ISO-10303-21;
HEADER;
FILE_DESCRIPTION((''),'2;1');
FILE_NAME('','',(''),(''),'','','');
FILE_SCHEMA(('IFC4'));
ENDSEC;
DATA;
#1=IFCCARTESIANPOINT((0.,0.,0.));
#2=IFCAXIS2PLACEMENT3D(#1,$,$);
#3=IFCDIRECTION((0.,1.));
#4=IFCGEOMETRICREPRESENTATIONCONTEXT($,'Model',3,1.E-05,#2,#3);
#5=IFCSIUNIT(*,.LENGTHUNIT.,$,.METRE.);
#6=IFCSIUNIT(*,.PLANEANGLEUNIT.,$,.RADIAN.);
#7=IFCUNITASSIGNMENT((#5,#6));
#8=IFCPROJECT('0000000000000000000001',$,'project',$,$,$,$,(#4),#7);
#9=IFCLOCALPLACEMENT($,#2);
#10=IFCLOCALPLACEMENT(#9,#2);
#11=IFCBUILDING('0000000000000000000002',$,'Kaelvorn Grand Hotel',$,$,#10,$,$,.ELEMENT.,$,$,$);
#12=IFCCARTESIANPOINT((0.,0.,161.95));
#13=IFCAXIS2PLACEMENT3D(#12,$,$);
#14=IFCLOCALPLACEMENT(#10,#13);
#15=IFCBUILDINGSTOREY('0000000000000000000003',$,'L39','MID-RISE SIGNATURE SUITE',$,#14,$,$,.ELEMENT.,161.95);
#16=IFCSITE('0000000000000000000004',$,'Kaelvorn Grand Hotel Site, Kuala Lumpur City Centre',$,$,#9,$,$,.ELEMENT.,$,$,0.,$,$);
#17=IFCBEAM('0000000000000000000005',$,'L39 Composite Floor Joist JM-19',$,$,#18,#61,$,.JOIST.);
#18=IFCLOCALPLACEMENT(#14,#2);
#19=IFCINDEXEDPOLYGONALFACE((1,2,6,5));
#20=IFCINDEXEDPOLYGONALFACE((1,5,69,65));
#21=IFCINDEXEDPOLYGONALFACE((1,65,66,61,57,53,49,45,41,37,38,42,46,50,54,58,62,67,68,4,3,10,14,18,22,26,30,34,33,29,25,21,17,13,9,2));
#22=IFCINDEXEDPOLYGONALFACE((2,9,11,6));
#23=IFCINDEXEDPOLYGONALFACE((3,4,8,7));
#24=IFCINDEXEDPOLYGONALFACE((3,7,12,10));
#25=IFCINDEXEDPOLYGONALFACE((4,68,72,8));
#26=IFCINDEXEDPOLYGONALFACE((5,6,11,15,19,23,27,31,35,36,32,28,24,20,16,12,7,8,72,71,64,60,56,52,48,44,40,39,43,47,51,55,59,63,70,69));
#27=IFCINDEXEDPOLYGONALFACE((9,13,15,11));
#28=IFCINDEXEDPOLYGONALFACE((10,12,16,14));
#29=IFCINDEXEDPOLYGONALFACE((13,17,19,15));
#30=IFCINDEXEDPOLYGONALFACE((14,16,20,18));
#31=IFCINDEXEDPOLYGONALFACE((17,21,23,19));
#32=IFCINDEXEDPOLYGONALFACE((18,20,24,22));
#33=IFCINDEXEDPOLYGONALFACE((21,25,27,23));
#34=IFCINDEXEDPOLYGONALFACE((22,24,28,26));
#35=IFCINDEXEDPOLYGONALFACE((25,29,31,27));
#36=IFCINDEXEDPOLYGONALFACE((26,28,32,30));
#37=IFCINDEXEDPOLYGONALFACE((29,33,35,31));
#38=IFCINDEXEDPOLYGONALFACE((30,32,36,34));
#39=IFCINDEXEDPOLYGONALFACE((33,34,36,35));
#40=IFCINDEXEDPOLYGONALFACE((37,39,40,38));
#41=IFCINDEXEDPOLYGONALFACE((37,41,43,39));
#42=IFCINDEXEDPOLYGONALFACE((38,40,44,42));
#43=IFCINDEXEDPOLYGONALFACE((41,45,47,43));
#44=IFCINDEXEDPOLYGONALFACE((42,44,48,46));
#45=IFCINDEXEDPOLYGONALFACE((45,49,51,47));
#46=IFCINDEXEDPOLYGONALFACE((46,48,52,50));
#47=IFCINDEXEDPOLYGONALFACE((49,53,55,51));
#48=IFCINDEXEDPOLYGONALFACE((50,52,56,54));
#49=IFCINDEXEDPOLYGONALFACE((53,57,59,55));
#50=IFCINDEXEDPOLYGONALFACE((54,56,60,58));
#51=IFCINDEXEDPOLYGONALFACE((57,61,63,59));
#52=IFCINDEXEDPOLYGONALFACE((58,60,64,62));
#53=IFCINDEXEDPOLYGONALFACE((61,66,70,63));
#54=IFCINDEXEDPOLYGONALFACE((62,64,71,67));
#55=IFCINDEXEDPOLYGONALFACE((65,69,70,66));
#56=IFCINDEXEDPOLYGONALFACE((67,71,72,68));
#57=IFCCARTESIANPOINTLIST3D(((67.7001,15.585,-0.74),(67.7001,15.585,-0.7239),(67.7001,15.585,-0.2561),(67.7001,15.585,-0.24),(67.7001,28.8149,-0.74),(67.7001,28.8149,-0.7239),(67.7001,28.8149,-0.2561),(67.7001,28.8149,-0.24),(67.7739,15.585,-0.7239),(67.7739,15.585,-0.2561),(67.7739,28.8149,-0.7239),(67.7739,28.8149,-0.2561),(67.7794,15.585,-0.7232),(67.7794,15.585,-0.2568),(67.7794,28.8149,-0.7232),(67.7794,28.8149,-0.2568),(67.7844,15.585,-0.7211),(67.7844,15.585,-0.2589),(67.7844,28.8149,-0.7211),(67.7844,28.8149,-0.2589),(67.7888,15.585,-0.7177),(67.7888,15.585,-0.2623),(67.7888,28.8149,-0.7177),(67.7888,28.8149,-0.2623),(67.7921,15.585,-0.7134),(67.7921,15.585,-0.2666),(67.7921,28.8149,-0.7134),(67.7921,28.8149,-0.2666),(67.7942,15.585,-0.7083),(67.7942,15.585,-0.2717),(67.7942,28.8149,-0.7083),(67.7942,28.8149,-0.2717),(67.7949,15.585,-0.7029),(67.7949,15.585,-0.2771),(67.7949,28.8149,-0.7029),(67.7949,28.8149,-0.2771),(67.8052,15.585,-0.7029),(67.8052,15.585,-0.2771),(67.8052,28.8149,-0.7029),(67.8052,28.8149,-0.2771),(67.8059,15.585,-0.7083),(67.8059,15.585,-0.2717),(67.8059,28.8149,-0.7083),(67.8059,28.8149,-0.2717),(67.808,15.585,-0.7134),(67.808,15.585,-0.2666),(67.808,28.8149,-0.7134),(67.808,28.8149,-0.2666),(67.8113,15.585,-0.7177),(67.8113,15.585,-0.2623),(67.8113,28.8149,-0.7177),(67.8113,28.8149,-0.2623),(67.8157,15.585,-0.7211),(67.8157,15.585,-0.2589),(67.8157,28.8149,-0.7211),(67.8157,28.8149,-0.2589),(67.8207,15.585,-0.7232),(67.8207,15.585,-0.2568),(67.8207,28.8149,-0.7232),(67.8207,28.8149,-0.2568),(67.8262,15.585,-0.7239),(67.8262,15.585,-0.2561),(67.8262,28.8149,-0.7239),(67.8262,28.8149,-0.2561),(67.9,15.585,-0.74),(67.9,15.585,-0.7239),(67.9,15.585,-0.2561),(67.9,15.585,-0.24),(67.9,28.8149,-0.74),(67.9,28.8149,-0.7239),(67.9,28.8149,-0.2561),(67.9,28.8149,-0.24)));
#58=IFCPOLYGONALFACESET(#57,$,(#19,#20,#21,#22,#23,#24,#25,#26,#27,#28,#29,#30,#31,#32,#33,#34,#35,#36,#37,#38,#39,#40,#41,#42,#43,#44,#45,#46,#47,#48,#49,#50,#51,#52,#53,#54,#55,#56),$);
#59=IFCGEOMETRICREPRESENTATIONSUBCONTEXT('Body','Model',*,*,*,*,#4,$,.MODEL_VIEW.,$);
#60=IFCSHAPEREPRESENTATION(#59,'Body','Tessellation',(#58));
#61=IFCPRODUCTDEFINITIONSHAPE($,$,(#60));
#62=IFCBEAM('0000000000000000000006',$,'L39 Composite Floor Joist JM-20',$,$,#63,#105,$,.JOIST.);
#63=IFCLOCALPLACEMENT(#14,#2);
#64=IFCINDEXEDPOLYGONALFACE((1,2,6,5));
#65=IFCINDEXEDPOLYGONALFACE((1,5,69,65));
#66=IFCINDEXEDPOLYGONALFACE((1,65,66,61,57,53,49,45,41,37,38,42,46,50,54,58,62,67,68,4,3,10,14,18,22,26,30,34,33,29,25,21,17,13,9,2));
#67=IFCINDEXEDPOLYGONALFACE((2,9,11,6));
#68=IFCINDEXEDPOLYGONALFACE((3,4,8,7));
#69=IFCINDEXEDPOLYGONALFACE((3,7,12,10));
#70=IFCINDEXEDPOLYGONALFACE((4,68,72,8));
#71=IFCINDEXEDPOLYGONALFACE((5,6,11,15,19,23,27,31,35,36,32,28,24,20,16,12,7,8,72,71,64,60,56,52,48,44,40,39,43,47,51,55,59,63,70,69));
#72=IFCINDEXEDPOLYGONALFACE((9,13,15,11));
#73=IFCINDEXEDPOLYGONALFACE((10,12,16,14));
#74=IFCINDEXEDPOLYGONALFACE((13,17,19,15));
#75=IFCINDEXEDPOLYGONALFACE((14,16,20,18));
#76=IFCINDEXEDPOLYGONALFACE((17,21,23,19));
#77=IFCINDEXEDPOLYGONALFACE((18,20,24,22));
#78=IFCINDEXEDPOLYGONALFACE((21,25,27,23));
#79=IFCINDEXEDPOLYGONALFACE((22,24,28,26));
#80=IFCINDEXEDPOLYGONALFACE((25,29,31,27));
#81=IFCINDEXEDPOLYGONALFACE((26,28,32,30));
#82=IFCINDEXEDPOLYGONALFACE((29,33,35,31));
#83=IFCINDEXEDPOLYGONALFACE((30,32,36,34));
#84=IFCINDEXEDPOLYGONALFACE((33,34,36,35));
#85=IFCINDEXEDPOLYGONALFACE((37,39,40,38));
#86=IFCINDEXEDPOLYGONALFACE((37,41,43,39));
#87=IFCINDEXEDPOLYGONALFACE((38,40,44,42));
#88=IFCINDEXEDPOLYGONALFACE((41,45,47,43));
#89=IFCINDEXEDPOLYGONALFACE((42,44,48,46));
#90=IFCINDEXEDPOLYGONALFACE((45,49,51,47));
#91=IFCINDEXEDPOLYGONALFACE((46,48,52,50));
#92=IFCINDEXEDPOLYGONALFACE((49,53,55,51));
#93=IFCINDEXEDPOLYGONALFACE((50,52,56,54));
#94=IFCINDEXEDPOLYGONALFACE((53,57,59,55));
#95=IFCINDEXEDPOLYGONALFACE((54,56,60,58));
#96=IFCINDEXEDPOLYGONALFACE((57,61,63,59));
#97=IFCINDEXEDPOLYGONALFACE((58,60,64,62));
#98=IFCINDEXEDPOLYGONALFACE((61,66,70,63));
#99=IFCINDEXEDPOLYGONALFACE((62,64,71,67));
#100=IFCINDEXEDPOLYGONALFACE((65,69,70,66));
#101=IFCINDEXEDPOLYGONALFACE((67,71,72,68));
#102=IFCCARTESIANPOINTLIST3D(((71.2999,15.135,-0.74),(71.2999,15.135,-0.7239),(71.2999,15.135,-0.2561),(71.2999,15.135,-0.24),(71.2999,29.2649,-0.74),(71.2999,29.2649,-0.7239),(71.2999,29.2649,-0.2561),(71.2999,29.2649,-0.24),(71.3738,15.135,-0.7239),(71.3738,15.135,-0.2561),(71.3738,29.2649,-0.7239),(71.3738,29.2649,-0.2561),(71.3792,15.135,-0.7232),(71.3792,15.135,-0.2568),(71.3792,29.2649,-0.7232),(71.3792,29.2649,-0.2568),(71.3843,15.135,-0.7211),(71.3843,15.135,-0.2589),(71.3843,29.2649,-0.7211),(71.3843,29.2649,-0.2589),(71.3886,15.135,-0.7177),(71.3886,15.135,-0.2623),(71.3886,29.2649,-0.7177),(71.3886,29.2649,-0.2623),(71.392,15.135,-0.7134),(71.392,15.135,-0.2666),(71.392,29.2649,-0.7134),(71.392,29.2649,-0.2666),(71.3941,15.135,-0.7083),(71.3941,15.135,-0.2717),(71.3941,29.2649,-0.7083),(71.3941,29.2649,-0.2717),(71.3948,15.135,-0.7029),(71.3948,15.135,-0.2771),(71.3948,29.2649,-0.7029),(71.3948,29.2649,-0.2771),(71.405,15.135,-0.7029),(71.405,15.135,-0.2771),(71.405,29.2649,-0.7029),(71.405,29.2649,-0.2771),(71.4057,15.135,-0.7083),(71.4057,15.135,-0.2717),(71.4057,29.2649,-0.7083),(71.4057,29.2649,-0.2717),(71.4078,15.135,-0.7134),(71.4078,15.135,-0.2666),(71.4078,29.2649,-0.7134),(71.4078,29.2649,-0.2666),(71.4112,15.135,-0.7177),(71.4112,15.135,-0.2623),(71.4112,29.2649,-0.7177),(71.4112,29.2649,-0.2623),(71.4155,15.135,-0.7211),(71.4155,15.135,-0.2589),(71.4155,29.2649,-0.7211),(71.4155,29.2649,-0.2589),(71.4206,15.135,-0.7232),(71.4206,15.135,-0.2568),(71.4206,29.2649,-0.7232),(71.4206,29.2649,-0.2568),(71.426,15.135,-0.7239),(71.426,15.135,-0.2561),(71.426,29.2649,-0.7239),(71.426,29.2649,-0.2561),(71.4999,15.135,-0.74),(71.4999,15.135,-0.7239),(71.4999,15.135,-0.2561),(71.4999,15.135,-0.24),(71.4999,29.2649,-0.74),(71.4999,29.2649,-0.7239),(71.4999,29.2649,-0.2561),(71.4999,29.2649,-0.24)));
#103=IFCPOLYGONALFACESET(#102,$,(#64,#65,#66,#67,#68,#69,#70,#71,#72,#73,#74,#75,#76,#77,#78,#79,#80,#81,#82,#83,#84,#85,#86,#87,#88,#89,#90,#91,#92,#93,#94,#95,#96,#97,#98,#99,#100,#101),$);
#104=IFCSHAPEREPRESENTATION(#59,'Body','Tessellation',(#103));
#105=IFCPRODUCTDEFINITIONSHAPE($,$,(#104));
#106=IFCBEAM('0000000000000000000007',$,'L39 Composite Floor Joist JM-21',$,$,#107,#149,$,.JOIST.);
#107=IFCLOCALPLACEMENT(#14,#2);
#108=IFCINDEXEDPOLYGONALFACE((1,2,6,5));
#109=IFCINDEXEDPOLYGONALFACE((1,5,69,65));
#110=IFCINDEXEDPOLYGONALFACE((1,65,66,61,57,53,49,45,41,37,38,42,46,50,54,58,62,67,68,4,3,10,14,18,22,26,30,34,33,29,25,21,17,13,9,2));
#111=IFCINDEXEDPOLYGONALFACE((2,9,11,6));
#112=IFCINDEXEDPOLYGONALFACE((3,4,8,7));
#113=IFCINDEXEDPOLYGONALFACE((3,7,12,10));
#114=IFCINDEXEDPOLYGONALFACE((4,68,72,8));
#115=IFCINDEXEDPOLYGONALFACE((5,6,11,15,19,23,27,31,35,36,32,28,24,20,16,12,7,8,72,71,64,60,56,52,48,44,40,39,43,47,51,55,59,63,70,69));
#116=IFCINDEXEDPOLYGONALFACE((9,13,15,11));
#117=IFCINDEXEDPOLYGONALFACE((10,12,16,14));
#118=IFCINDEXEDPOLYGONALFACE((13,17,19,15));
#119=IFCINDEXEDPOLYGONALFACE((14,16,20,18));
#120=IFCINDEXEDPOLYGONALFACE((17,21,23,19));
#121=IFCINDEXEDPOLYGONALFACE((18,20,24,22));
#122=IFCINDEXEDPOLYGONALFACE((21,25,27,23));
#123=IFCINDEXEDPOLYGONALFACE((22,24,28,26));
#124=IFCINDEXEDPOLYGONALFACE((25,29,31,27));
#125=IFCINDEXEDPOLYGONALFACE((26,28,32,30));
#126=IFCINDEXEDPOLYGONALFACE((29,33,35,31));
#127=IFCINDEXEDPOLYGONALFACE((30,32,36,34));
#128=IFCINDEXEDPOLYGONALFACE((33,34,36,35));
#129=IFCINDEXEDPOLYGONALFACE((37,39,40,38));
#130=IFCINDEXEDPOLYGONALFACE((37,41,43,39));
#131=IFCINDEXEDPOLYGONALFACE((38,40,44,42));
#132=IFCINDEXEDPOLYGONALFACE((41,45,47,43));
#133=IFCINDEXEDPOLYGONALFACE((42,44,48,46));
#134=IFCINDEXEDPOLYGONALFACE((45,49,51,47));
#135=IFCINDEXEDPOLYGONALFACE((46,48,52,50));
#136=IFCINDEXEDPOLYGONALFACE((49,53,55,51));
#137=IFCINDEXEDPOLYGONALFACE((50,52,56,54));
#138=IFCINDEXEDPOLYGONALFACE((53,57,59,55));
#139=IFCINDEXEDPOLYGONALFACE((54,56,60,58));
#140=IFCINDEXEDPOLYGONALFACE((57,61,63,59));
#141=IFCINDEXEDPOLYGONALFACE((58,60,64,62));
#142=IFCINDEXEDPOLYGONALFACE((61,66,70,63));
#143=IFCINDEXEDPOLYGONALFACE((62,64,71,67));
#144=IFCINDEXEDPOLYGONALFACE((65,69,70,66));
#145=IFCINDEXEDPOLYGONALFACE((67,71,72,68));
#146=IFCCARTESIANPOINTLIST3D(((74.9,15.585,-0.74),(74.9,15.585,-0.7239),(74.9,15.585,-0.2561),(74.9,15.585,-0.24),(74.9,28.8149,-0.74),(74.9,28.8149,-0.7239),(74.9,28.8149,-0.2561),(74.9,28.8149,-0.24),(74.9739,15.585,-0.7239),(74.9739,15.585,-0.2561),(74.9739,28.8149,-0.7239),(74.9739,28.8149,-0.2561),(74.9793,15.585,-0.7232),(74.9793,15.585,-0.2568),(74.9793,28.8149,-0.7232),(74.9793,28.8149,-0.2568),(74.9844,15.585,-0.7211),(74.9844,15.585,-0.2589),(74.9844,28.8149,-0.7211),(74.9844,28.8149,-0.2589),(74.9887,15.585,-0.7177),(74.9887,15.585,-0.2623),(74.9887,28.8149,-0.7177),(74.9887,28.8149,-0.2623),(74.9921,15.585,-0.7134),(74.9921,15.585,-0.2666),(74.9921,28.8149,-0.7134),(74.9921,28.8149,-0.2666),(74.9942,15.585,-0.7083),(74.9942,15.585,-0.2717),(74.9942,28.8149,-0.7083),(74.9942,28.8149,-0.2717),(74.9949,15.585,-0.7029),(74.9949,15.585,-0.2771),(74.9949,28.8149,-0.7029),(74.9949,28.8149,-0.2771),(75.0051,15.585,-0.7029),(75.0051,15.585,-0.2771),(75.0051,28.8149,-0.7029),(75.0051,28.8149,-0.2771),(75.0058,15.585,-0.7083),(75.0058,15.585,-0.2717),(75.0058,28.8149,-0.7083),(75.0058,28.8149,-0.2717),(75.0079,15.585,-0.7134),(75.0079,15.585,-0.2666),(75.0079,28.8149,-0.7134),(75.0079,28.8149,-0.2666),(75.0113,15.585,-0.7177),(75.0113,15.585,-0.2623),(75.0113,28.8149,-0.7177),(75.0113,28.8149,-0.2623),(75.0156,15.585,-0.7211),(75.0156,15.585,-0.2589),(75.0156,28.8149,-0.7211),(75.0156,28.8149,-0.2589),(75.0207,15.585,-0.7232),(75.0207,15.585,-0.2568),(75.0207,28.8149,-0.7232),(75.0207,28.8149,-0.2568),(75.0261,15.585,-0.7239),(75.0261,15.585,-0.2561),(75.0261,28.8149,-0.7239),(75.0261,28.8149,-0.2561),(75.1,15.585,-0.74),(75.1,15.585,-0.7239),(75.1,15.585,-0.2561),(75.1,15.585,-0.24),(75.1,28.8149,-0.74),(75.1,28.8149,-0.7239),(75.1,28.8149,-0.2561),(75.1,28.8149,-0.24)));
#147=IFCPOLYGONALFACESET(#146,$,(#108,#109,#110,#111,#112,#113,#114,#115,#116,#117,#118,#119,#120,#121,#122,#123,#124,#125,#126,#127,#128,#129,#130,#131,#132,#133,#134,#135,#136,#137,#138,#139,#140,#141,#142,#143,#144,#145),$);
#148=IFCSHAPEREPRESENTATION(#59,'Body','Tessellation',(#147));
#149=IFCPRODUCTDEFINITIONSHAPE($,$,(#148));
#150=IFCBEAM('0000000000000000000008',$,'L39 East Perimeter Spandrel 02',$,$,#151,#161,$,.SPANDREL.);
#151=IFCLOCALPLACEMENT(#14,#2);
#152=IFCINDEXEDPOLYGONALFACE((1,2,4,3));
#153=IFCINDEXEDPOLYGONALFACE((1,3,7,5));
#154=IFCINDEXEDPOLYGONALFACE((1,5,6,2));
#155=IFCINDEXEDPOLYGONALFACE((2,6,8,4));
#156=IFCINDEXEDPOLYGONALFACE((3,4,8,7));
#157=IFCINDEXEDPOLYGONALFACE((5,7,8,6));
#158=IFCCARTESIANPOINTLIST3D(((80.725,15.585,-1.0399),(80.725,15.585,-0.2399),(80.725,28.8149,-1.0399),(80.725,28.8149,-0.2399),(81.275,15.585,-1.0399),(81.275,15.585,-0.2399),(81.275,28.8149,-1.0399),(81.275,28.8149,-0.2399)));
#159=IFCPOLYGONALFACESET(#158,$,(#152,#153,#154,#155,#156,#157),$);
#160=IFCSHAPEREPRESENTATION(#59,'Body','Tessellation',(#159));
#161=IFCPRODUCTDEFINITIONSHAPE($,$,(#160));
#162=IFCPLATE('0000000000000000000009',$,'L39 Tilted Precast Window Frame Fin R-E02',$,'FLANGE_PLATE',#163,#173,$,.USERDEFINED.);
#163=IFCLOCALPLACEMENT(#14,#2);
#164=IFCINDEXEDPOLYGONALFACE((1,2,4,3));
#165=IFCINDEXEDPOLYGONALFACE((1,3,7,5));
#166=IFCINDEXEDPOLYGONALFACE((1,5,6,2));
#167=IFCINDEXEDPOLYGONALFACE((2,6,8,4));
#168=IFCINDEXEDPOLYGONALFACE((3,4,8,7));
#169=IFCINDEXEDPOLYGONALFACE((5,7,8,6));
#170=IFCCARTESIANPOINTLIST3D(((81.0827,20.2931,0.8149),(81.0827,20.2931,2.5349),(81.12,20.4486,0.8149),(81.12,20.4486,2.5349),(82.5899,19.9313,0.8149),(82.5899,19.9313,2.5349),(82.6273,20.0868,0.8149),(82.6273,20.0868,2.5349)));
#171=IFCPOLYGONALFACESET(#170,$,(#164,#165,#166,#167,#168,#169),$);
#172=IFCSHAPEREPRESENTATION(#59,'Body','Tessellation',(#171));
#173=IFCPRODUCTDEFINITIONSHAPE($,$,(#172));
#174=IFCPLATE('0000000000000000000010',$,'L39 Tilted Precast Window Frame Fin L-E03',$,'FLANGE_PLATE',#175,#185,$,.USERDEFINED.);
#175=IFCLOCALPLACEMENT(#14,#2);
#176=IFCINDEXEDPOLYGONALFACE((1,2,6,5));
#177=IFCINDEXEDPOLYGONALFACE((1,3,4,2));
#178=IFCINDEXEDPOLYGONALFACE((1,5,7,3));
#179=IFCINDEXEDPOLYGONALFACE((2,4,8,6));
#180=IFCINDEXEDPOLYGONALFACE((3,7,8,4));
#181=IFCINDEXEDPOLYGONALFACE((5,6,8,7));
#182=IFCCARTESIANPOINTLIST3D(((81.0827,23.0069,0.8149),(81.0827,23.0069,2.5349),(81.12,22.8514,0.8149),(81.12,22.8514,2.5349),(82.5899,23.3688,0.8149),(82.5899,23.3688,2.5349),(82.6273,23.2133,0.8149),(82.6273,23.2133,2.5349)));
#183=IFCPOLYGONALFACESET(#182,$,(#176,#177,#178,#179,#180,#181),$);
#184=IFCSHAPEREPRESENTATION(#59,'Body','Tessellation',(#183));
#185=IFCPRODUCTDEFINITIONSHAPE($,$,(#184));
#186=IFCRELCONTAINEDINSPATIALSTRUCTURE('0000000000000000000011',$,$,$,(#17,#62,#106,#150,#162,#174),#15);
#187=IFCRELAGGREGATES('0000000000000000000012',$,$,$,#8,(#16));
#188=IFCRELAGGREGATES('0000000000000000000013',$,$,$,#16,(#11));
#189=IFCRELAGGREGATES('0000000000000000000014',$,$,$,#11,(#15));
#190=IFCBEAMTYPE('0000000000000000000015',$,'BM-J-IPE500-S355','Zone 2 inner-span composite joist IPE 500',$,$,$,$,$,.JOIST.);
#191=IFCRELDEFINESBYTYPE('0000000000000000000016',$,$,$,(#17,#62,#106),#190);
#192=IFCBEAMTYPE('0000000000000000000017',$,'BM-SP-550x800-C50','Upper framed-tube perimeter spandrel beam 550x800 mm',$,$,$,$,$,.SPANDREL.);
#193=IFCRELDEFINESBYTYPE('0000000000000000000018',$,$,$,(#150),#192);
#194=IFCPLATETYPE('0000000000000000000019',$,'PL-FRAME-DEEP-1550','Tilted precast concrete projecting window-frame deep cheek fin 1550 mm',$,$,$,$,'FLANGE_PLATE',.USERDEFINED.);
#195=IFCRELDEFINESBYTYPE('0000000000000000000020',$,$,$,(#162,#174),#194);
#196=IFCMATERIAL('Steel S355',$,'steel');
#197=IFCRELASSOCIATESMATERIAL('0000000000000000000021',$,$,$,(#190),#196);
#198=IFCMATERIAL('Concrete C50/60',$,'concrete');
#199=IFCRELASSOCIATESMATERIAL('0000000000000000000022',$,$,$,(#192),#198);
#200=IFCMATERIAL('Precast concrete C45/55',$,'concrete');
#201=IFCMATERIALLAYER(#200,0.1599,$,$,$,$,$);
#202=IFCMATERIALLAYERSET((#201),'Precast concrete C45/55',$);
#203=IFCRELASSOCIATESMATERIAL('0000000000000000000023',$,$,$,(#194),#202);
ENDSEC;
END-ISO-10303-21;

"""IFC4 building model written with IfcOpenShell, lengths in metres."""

from ifc_helpers import new_model, si_unit, direction, frame, origin, origin_2d, place, context, subcontext, project, spatial, rectangle, i_section, extrude, material, layer, layer_set, material_profile, profile_set, type_object, element, save


model = new_model("IFC4")

# Units and contexts
model_context = context("Model", 3, precision=1e-05, world=origin(), true_north=direction((0.0, 1.0)))
body_context = subcontext(model_context, "Body", "Model", "MODEL_VIEW")
ifc_project = project(units=[si_unit("LENGTHUNIT", "METRE"), si_unit("PLANEANGLEUNIT", "RADIAN")], contexts=[model_context])

# Site, building, storey
site_placement = place(None, origin())
site = spatial("IfcSite", under=ifc_project, at=site_placement, Name="Kaelvorn Grand Hotel Site, Kuala Lumpur City Centre", CompositionType="ELEMENT", RefElevation=0.0)
building_placement = place(site_placement, origin())
building = spatial("IfcBuilding", under=site, at=building_placement, Name="Kaelvorn Grand Hotel", CompositionType="ELEMENT")
storey_placement = place(building_placement, frame((0.0, 0.0, 161.95)))
storey = spatial("IfcBuildingStorey", under=building, at=storey_placement, Name="L39", Description="MID-RISE SIGNATURE SUITE", CompositionType="ELEMENT", Elevation=161.95)

# Beams
ifc_material_1 = material(Name="Steel S355", Category="steel")
ifc_material_profile_1 = material_profile(ifc_material_1, i_section(OverallWidth=0.2, OverallDepth=0.5, WebThickness=0.0103, FlangeThickness=0.0161, FilletRadius=0.021, at=origin_2d()), Name="IPE 500")
ifc_profile_set_1 = profile_set([ifc_material_profile_1], Name="Steel S355")
beam_type_1 = type_object("IfcBeamType", Name="BM-J-IPE500-S355", Description="Zone 2 inner-span composite joist IPE 500", PredefinedType="JOIST", material=ifc_profile_set_1)
beam_1_placement = place(storey_placement, frame((67.8, 15.585, -0.49), z_axis=(0.0, 1.0, 0.0), x_axis=(-1.0, 0.0, 0.0)))
element("IfcBeam", 1, at=beam_1_placement, inside=storey, type_object=beam_type_1, Name="L39 Composite Floor Joist JM-19", PredefinedType="JOIST", context=body_context, shape_type="SweptSolid", body=[
    extrude(i_section(OverallWidth=0.2, OverallDepth=0.5, WebThickness=0.0103, FlangeThickness=0.0161, FilletRadius=0.021, at=origin_2d()), origin(), (0.0, 0.0, 1.0), 13.23),
])
beam_2_placement = place(storey_placement, frame((71.3999, 15.135, -0.49), z_axis=(0.0, 1.0, 0.0), x_axis=(-1.0, 0.0, 0.0)))
element("IfcBeam", 2, at=beam_2_placement, inside=storey, type_object=beam_type_1, Name="L39 Composite Floor Joist JM-20", PredefinedType="JOIST", context=body_context, shape_type="SweptSolid", body=[
    extrude(i_section(OverallWidth=0.2, OverallDepth=0.5, WebThickness=0.0103, FlangeThickness=0.0161, FilletRadius=0.021, at=origin_2d()), origin(), (0.0, 0.0, 1.0), 14.1299),
])
beam_3_placement = place(storey_placement, frame((75.0, 15.585, -0.49), z_axis=(0.0, 1.0, 0.0), x_axis=(-1.0, 0.0, 0.0)))
element("IfcBeam", 3, at=beam_3_placement, inside=storey, type_object=beam_type_1, Name="L39 Composite Floor Joist JM-21", PredefinedType="JOIST", context=body_context, shape_type="SweptSolid", body=[
    extrude(i_section(OverallWidth=0.2, OverallDepth=0.5, WebThickness=0.0103, FlangeThickness=0.0161, FilletRadius=0.021, at=origin_2d()), origin(), (0.0, 0.0, 1.0), 13.23),
])
ifc_material_2 = material(Name="Concrete C50/60", Category="concrete")
ifc_material_profile_2 = material_profile(ifc_material_2, rectangle(XDim=0.55, YDim=0.8, at=origin_2d()), Name="RC SPANDREL 550x800")
ifc_profile_set_2 = profile_set([ifc_material_profile_2], Name="Concrete C50/60")
beam_type_2 = type_object("IfcBeamType", Name="BM-SP-550x800-C50", Description="Upper framed-tube perimeter spandrel beam 550x800 mm", PredefinedType="SPANDREL", material=ifc_profile_set_2)
beam_4_placement = place(storey_placement, frame((81.0, 15.585, -0.6399), z_axis=(0.0, 1.0, 0.0), x_axis=(-1.0, 0.0, 0.0)))
element("IfcBeam", 4, at=beam_4_placement, inside=storey, type_object=beam_type_2, Name="L39 East Perimeter Spandrel 02", PredefinedType="SPANDREL", context=body_context, shape_type="SweptSolid", body=[
    extrude(rectangle(XDim=0.55, YDim=0.8, at=origin_2d()), origin(), (0.0, 0.0, 1.0), 13.23),
])

# Plates
ifc_material_3 = material(Name="Precast concrete C45/55", Category="concrete")
ifc_layer_1 = layer(ifc_material_3, 0.1599)
ifc_layer_set_1 = layer_set([ifc_layer_1], Name="Precast concrete C45/55")
plate_type_1 = type_object("IfcPlateType", Name="PL-FRAME-DEEP-1550", Description="Tilted precast concrete projecting window-frame deep cheek fin 1550 mm", ElementType="FLANGE_PLATE", PredefinedType="USERDEFINED", material=ifc_layer_set_1)
for number, where, z_axis, x_axis, name in (
    (5, (81.855, 20.1899, 0.8149), (0.0, 0.0, 1.0), (0.233445, 0.97237, 0.0), "L39 Tilted Precast Window Frame Fin R-E02"),
    (6, (81.855, 23.1101, 0.8149), (0.0, 0.0, 1.0), (-0.233445, 0.97237, 0.0), "L39 Tilted Precast Window Frame Fin L-E03"),
):
    element("IfcPlate", number, at=place(storey_placement, frame(where, z_axis=z_axis, x_axis=x_axis)), inside=storey, type_object=plate_type_1, Name=name, ObjectType="FLANGE_PLATE", PredefinedType="USERDEFINED", context=body_context, shape_type="SweptSolid", body=[
        extrude(rectangle(XDim=0.1599, YDim=1.55, at=origin_2d()), origin(), (0.0, 0.0, 1.0), 1.72),
    ])

save(model, "model.ifc")
